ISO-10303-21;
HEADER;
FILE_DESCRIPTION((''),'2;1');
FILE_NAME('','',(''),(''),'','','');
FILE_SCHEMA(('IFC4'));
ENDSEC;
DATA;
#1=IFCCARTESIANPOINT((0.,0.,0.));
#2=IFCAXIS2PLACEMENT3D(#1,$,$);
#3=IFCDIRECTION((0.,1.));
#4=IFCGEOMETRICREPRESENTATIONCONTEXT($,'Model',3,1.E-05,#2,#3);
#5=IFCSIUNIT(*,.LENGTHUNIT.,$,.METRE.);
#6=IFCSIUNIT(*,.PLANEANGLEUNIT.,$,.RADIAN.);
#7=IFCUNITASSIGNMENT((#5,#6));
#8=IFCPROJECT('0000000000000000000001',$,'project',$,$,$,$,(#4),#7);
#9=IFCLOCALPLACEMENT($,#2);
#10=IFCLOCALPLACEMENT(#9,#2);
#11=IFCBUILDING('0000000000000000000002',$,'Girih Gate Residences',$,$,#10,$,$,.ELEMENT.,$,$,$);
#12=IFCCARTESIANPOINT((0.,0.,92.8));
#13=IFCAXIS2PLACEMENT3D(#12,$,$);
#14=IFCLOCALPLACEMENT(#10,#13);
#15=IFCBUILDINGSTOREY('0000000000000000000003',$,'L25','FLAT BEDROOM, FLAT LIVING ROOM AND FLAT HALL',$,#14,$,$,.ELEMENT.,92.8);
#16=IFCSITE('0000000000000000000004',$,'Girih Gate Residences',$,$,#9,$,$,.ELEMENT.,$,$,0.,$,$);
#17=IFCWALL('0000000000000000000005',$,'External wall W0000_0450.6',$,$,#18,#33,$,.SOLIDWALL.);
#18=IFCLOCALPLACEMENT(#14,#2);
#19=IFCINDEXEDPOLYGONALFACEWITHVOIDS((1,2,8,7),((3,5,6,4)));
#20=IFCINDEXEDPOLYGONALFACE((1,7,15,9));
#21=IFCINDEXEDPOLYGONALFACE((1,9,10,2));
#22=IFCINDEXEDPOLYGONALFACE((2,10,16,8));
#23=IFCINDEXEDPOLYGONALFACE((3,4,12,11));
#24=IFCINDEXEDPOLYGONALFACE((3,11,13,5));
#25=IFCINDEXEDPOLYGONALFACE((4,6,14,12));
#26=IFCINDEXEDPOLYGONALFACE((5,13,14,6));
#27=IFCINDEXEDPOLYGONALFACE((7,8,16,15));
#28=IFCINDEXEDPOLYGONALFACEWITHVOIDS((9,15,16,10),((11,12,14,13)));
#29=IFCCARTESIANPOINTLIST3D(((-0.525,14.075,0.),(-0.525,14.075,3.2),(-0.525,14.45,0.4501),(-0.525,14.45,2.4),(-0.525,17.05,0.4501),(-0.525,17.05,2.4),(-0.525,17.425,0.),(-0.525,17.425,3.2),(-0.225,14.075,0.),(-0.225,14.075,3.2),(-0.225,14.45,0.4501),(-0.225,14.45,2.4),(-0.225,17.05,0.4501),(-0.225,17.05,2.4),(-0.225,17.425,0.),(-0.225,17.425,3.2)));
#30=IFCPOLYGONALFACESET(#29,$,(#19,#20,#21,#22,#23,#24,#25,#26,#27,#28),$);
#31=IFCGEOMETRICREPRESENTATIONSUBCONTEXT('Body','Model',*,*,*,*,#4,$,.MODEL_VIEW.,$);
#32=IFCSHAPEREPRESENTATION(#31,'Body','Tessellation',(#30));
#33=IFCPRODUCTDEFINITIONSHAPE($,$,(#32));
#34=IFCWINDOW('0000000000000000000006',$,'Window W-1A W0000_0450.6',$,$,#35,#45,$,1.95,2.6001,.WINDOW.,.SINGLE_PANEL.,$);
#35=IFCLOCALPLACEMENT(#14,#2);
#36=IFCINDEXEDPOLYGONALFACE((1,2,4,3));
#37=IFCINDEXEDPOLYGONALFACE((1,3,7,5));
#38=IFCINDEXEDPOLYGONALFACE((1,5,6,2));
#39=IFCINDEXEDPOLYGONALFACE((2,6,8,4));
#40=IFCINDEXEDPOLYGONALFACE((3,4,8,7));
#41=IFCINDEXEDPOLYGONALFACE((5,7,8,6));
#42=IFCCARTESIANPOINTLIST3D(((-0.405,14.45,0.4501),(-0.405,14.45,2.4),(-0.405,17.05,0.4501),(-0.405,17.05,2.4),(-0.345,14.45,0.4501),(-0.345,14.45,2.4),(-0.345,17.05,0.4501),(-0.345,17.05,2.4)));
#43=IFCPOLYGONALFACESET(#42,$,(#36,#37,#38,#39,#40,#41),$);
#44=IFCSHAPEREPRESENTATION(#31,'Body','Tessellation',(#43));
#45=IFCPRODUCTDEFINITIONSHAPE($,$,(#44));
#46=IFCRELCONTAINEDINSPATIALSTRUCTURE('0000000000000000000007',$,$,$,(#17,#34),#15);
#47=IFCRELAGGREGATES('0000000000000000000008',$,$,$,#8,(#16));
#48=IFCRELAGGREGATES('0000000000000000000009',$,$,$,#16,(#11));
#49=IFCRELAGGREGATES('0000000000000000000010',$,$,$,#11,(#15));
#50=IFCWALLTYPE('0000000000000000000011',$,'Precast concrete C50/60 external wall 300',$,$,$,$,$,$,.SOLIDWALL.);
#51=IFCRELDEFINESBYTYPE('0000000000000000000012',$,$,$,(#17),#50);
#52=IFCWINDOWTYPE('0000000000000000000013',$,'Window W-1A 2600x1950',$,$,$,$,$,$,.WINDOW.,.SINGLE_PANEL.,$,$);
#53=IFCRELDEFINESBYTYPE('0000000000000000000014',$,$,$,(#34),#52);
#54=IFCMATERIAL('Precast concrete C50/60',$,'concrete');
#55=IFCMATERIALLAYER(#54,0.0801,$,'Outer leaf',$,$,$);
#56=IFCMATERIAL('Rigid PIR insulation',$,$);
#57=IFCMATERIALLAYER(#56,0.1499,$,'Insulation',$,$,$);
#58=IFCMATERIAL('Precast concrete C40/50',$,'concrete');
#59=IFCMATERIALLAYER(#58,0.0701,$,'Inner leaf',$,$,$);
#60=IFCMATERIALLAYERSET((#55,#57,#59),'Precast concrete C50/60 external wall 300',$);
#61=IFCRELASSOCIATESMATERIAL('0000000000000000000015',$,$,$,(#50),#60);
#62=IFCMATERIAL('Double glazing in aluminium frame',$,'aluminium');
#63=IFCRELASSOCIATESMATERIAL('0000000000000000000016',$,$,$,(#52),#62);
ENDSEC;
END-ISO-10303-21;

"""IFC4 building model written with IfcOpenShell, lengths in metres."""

from ifc_helpers import new_model, si_unit, direction, frame, frame_2d, origin, place, context, subcontext, project, spatial, rectangle, extrude, material, layer, layer_set, type_object, element, fill, save


model = new_model("IFC4")

# Units and contexts
model_context = context("Model", 3, precision=1e-05, world=origin(), true_north=direction((0.0, 1.0)))
body_context = subcontext(model_context, "Body", "Model", "MODEL_VIEW")
ifc_project = project(units=[si_unit("LENGTHUNIT", "METRE"), si_unit("PLANEANGLEUNIT", "RADIAN")], contexts=[model_context])

# Site, building, storey
site_placement = place(None, origin())
site = spatial("IfcSite", under=ifc_project, at=site_placement, Name="Girih Gate Residences", CompositionType="ELEMENT", RefElevation=0.0)
building_placement = place(site_placement, origin())
building = spatial("IfcBuilding", under=site, at=building_placement, Name="Girih Gate Residences", CompositionType="ELEMENT")
storey_placement = place(building_placement, frame((0.0, 0.0, 92.8)))
storey = spatial("IfcBuildingStorey", under=building, at=storey_placement, Name="L25", Description="FLAT BEDROOM, FLAT LIVING ROOM AND FLAT HALL", CompositionType="ELEMENT", Elevation=92.8)

# Wall, opening, window
ifc_material_1 = material(Name="Precast concrete C50/60", Category="concrete")
ifc_layer_1 = layer(ifc_material_1, 0.0801, Name="Outer leaf")
ifc_material_2 = material(Name="Rigid PIR insulation")
ifc_layer_2 = layer(ifc_material_2, 0.1499, Name="Insulation")
ifc_material_3 = material(Name="Precast concrete C40/50", Category="concrete")
ifc_layer_3 = layer(ifc_material_3, 0.0701, Name="Inner leaf")
ifc_layer_set_1 = layer_set([ifc_layer_1, ifc_layer_2, ifc_layer_3], Name="Precast concrete C50/60 external wall 300")
wall_type_1 = type_object("IfcWallType", Name="Precast concrete C50/60 external wall 300", PredefinedType="SOLIDWALL", material=ifc_layer_set_1)
ifc_material_4 = material(Name="Double glazing in aluminium frame", Category="aluminium")
window_type = type_object("IfcWindowType", Name="Window W-1A 2600x1950", PartitioningType="SINGLE_PANEL", PredefinedType="WINDOW", material=ifc_material_4)
wall_1_placement = place(storey_placement, frame((-0.375, 14.075, 0.0), z_axis=(0.0, 0.0, 1.0), x_axis=(0.0, 1.0, 0.0)))
wall_1 = element("IfcWall", 1, at=wall_1_placement, inside=storey, type_object=wall_type_1, Name="External wall W0000_0450.6", PredefinedType="SOLIDWALL", context=body_context, shape_type="SweptSolid", body=[
    extrude(rectangle(XDim=3.3501, YDim=0.3, at=frame_2d((1.675, 0.0))), origin(), (0.0, 0.0, 1.0), 3.2),
])
opening_1_placement = place(wall_1_placement, frame((0.375, 0.0, 0.45)))
opening_1 = element("IfcOpeningElement", 2, at=opening_1_placement, cuts=wall_1, PredefinedType="OPENING", context=body_context, shape_type="SweptSolid", body=[
    extrude(rectangle(XDim=2.6001, YDim=1.95, at=frame_2d((1.3, 0.9751))), frame((0.0, 0.1599, 0.0), z_axis=(0.0, -1.0, 0.0), x_axis=(1.0, 0.0, 0.0)), (0.0, 0.0, 1.0), 0.3201),
])
window_1_placement = place(opening_1_placement, origin())
window_1 = element("IfcWindow", 3, at=window_1_placement, inside=storey, type_object=window_type, Name="Window W-1A W0000_0450.6", OverallHeight=1.95, OverallWidth=2.6001, PartitioningType="SINGLE_PANEL", PredefinedType="WINDOW", context=body_context, shape_type="SweptSolid", body=[
    extrude(rectangle(XDim=2.6001, YDim=1.95, at=frame_2d((1.3, 0.9751))), frame((0.0, 0.03, 0.0), z_axis=(0.0, -1.0, 0.0), x_axis=(1.0, 0.0, 0.0)), (0.0, 0.0, 1.0), 0.0601),
])
fill(opening_1, window_1)

save(model, "model.ifc")
